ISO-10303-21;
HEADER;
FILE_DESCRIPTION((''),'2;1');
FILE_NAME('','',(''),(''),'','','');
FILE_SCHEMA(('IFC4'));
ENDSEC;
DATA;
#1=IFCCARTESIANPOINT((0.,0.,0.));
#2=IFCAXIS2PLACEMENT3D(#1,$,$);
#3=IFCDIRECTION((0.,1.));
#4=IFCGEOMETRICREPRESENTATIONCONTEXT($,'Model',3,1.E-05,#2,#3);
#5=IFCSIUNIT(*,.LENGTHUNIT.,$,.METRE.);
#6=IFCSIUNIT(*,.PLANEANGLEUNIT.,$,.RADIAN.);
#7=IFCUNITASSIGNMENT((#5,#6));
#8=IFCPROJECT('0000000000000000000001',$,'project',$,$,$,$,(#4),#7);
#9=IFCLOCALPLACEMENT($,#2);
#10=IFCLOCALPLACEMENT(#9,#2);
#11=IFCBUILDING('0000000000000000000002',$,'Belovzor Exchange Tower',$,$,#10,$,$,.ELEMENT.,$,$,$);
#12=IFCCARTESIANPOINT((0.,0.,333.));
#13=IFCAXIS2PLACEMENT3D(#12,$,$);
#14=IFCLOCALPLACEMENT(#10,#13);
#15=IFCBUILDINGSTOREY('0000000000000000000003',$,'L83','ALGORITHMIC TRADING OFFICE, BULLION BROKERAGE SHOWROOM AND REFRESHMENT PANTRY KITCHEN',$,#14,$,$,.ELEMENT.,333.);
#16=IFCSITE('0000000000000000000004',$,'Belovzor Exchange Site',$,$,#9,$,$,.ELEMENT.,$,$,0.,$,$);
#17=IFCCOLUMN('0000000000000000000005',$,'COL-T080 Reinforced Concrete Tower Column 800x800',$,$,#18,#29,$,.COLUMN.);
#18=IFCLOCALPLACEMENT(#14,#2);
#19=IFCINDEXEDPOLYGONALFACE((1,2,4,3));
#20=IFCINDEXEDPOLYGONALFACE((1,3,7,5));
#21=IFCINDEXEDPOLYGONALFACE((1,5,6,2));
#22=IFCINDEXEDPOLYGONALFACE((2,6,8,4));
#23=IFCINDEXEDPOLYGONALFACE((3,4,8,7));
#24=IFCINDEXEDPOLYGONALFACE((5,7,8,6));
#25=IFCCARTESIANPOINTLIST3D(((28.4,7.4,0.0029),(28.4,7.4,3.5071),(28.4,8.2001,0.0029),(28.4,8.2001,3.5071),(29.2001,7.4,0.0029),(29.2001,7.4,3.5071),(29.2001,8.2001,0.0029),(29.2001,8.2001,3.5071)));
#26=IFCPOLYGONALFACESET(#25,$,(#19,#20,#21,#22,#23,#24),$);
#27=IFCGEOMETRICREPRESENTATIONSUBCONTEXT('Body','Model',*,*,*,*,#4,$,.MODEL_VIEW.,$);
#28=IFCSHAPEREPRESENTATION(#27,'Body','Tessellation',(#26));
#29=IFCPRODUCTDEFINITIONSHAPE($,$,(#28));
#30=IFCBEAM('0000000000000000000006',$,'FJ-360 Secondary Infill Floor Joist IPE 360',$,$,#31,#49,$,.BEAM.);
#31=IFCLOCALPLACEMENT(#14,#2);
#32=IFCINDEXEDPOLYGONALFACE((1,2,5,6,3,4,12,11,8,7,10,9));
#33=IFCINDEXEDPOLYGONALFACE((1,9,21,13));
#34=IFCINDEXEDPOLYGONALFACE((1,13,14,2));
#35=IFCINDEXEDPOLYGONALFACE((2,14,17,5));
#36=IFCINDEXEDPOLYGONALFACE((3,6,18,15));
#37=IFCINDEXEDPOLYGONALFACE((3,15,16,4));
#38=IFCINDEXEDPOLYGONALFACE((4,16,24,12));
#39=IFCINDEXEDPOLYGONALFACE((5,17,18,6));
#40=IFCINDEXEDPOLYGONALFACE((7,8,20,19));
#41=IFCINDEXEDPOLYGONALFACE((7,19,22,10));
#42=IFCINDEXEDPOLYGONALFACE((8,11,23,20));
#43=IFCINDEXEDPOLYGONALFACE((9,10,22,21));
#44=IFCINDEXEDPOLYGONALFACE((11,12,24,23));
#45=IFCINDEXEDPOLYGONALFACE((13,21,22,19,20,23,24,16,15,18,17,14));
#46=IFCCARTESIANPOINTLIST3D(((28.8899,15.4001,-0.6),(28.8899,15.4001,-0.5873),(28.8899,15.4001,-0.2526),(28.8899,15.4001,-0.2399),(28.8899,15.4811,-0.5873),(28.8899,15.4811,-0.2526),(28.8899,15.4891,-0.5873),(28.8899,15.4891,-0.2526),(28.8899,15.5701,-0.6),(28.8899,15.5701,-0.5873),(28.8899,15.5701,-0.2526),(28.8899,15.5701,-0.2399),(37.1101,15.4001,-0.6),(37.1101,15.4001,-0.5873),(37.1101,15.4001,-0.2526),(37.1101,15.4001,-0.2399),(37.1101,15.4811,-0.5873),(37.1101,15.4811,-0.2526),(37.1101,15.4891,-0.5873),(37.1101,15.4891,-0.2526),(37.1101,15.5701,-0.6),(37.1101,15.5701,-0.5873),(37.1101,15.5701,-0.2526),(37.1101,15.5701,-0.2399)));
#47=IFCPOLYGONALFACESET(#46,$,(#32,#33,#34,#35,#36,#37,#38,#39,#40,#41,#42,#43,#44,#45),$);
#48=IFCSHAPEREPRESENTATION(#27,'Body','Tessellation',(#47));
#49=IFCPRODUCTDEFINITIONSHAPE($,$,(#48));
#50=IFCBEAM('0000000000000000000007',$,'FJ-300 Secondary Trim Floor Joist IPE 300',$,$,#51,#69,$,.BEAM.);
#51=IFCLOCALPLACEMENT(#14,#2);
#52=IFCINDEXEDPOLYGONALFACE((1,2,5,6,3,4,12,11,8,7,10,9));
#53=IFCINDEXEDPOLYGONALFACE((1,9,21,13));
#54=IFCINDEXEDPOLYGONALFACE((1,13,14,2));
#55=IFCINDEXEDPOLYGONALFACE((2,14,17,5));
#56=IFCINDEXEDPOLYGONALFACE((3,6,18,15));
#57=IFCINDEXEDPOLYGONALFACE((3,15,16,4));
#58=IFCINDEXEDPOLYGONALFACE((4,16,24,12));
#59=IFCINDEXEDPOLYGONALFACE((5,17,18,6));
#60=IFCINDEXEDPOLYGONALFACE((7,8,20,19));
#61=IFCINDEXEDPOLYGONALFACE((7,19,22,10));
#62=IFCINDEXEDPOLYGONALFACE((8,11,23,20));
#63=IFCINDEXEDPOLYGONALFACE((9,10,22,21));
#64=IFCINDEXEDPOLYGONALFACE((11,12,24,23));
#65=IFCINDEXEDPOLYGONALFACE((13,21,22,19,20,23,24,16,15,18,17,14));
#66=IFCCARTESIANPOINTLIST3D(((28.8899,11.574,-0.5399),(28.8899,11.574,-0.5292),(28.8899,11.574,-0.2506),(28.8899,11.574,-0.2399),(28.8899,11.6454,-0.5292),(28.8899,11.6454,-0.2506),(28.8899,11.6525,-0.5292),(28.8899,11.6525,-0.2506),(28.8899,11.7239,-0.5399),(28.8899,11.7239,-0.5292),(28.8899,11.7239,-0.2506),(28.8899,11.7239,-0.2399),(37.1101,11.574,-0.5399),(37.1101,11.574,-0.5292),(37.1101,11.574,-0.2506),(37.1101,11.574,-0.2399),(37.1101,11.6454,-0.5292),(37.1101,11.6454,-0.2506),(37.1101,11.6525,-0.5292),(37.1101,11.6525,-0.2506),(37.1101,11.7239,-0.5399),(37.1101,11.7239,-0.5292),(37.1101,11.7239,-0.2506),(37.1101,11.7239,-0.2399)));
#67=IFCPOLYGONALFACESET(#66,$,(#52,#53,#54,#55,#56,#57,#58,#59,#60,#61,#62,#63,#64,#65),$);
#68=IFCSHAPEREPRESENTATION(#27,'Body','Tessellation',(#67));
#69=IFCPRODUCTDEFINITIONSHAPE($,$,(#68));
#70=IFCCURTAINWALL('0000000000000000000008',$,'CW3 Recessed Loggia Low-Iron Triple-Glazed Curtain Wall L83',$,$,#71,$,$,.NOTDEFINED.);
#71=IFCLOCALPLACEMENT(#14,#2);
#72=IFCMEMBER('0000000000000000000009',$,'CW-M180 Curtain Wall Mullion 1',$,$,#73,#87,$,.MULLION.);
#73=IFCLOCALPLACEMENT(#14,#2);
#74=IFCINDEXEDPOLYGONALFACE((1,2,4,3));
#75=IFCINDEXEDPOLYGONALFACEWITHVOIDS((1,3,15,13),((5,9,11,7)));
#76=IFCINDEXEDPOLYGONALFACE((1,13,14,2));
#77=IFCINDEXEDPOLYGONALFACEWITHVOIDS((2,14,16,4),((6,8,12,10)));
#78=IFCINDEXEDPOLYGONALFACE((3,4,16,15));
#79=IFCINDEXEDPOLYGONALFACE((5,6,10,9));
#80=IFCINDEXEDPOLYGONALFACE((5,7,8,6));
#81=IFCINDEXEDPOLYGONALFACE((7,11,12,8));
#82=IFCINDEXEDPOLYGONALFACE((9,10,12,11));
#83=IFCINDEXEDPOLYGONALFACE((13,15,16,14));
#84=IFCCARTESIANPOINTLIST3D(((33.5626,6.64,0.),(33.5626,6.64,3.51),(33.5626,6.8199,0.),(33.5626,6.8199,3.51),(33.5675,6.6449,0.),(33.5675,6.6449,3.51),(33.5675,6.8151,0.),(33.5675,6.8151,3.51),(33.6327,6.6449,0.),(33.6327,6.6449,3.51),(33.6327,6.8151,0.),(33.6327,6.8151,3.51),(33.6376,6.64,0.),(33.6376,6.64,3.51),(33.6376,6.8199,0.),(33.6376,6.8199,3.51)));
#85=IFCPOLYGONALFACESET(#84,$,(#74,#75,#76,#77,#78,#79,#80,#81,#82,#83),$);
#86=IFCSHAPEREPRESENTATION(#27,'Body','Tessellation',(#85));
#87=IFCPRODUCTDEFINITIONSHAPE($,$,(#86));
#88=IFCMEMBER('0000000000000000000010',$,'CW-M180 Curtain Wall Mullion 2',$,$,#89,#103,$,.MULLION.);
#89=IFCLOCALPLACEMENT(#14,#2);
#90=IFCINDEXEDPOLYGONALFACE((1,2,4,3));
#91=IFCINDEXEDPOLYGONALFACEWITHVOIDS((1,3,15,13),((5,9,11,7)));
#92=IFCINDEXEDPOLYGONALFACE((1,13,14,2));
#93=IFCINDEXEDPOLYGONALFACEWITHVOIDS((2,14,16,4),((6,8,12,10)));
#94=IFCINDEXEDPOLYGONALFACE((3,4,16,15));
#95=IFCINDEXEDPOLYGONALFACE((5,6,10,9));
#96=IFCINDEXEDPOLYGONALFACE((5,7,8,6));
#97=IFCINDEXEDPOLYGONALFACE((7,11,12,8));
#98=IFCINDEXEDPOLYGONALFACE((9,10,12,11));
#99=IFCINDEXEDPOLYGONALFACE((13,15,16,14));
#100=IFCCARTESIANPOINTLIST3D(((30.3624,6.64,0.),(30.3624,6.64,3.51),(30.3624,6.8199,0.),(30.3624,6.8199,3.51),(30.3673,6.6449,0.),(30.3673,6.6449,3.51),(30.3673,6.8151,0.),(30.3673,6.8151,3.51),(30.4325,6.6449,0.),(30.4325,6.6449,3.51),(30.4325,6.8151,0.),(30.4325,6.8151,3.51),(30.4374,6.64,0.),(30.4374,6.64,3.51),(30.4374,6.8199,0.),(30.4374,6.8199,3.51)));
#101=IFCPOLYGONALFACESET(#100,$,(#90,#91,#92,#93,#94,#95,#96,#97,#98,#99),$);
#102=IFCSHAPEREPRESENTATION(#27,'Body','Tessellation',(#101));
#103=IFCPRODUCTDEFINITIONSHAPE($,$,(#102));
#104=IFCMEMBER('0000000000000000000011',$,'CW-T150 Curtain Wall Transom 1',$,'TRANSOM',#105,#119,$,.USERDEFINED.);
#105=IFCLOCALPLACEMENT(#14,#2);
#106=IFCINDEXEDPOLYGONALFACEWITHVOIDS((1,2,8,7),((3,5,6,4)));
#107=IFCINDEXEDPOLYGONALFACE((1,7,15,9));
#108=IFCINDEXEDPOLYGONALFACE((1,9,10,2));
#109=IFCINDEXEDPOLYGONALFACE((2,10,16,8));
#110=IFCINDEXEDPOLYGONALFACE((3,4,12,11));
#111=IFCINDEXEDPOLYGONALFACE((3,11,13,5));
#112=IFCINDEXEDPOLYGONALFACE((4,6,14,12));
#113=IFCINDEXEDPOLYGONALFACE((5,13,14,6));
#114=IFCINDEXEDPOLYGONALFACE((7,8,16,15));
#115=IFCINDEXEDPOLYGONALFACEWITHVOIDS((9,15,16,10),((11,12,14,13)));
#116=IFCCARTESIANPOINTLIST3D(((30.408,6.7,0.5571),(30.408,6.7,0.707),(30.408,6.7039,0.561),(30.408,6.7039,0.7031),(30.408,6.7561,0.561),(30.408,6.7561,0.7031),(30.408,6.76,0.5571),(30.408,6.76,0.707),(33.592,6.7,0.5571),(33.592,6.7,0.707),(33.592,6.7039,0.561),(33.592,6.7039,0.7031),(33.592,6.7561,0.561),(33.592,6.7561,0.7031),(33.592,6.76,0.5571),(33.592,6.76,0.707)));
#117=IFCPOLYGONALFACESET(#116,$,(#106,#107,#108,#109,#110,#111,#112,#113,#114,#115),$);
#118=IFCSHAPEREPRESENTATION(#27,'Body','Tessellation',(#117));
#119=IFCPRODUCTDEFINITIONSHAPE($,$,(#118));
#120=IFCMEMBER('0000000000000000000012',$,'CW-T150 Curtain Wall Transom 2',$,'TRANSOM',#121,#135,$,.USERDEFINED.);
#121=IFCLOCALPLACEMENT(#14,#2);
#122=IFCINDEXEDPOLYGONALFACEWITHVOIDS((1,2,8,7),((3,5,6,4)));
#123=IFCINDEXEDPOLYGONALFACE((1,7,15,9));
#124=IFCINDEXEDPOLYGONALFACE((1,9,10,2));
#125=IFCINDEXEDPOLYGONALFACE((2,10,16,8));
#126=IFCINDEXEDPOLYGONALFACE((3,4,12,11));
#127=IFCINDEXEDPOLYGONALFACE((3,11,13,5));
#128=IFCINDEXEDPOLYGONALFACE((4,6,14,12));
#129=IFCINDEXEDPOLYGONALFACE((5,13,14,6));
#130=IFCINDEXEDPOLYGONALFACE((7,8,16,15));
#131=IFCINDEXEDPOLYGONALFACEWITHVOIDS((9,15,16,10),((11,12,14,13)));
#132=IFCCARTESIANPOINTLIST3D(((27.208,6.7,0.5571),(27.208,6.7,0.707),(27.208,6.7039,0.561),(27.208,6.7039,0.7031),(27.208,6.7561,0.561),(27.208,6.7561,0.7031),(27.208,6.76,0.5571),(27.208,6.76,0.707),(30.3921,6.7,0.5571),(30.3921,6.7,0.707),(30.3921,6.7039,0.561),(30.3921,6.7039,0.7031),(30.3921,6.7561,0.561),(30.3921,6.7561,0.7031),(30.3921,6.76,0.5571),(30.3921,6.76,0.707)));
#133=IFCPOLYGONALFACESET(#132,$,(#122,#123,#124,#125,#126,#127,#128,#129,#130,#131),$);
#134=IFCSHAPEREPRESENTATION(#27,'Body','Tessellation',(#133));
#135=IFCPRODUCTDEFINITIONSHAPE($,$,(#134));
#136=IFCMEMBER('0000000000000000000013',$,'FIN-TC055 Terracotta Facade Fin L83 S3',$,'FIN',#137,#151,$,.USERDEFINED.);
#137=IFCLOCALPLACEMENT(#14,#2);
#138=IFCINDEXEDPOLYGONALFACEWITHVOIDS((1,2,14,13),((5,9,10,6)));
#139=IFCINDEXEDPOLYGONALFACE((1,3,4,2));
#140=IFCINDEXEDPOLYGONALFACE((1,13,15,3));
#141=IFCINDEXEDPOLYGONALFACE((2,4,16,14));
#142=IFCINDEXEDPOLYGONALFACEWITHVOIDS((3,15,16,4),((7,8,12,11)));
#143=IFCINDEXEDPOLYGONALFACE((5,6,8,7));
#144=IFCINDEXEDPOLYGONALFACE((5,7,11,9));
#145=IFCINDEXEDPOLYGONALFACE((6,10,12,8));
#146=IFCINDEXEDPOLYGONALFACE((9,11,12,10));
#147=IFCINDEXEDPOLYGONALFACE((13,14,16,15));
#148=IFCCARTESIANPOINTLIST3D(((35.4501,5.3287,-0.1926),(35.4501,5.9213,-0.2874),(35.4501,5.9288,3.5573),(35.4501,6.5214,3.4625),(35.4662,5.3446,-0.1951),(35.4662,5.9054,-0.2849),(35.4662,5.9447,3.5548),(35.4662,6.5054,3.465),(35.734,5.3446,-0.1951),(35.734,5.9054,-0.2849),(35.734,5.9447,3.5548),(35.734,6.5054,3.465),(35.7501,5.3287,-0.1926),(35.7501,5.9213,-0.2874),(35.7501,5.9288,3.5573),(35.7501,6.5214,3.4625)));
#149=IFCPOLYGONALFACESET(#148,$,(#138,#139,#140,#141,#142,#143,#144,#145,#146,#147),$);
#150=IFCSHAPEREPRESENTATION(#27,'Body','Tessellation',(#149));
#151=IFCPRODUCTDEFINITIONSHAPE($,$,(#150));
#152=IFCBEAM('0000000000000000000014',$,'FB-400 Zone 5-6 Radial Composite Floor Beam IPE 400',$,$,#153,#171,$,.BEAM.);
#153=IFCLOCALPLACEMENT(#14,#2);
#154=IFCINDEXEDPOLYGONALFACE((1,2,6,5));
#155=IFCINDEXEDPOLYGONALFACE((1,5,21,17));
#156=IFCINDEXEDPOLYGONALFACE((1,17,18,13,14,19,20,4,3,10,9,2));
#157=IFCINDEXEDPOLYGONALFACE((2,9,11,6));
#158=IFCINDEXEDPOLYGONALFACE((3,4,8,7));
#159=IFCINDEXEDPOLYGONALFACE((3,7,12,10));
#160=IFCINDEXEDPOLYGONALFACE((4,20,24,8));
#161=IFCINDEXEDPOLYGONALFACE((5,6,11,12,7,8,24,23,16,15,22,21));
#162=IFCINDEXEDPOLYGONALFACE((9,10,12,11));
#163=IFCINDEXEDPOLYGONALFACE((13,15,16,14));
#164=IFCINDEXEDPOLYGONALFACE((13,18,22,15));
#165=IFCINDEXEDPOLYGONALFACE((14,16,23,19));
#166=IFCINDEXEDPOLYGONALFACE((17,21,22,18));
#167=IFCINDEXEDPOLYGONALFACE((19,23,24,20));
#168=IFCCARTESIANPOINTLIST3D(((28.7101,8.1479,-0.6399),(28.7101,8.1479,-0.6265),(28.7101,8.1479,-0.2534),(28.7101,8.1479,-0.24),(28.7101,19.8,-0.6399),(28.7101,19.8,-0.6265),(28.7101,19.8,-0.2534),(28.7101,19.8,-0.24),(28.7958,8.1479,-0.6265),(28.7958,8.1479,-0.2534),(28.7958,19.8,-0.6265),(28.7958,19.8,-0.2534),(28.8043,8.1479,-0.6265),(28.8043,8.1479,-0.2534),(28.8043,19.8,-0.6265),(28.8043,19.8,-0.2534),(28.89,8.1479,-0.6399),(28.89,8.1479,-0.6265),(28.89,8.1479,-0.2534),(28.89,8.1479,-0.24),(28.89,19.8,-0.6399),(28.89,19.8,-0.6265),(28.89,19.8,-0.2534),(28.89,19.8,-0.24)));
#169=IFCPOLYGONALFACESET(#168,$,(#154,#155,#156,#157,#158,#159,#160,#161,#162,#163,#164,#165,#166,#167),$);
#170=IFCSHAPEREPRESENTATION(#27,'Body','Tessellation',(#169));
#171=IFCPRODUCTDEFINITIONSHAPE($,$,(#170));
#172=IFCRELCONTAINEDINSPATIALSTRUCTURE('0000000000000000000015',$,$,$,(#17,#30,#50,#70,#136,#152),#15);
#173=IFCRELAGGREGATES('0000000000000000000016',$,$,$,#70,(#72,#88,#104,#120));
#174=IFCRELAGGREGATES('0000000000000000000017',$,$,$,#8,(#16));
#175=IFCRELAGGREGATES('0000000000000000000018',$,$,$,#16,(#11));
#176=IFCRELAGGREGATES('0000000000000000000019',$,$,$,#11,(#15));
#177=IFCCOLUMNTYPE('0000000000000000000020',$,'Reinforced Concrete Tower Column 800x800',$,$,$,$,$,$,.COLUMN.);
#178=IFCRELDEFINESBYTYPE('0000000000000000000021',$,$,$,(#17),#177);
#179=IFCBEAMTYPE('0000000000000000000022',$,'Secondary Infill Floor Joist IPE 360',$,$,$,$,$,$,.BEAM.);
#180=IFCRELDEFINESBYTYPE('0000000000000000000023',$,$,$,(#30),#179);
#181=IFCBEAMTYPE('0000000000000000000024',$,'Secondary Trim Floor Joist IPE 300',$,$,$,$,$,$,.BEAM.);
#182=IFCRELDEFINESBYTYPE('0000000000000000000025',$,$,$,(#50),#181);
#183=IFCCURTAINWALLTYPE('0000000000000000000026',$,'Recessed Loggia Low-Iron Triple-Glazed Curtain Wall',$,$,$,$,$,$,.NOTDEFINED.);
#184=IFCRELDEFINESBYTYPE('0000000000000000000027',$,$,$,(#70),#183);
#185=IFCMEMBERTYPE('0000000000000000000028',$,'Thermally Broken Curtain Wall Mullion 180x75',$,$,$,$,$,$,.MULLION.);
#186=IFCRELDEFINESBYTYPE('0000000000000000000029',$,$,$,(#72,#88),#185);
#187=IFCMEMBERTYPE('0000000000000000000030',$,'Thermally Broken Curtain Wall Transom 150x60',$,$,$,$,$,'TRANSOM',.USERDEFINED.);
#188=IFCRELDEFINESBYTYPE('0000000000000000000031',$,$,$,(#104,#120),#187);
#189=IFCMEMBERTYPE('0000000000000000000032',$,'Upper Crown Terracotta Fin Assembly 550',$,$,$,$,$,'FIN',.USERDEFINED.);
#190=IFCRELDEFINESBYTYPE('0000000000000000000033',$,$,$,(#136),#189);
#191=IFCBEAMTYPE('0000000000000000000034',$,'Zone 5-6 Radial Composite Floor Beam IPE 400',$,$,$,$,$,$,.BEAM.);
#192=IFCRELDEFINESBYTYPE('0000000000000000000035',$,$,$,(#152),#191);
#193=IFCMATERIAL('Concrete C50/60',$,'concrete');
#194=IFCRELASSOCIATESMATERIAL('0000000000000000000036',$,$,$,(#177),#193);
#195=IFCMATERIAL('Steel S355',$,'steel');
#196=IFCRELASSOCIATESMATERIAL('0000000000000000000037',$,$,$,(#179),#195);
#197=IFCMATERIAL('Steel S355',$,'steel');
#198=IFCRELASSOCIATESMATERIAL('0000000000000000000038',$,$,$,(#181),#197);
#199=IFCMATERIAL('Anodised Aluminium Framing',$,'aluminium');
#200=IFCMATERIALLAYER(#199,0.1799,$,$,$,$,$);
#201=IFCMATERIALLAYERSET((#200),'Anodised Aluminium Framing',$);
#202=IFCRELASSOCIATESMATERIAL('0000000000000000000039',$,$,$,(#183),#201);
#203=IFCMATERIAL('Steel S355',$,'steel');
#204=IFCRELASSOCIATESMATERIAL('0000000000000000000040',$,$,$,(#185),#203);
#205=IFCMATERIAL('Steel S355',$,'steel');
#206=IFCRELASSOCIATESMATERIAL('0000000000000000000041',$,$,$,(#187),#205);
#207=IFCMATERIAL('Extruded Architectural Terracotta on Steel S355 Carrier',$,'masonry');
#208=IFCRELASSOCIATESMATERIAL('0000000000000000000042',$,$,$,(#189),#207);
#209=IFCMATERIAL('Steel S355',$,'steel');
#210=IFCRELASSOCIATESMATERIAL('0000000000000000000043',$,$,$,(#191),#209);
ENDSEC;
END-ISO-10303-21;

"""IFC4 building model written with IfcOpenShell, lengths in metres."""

from ifc_helpers import new_model, si_unit, direction, frame, origin, origin_2d, place, context, subcontext, project, spatial, rectangle, hollow_rectangle, i_section, extrude, material, layer, layer_set, material_profile, profile_set, type_object, element, aggregate, save


model = new_model("IFC4")

# Units and contexts
model_context = context("Model", 3, precision=1e-05, world=origin(), true_north=direction((0.0, 1.0)))
body_context = subcontext(model_context, "Body", "Model", "MODEL_VIEW")
ifc_project = project(units=[si_unit("LENGTHUNIT", "METRE"), si_unit("PLANEANGLEUNIT", "RADIAN")], contexts=[model_context])

# Site, building, storey
site_placement = place(None, origin())
site = spatial("IfcSite", under=ifc_project, at=site_placement, Name="Belovzor Exchange Site", CompositionType="ELEMENT", RefElevation=0.0)
building_placement = place(site_placement, origin())
building = spatial("IfcBuilding", under=site, at=building_placement, Name="Belovzor Exchange Tower", CompositionType="ELEMENT")
storey_placement = place(building_placement, frame((0.0, 0.0, 333.0)))
storey = spatial("IfcBuildingStorey", under=building, at=storey_placement, Name="L83", Description="ALGORITHMIC TRADING OFFICE, BULLION BROKERAGE SHOWROOM AND REFRESHMENT PANTRY KITCHEN", CompositionType="ELEMENT", Elevation=333.0)

# Column
ifc_material_1 = material(Name="Concrete C50/60", Category="concrete")
ifc_material_profile_1 = material_profile(ifc_material_1, rectangle(XDim=0.8, YDim=0.8, at=origin_2d()))
ifc_profile_set_1 = profile_set([ifc_material_profile_1], Name="Concrete C50/60")
column_type = type_object("IfcColumnType", Name="Reinforced Concrete Tower Column 800x800", PredefinedType="COLUMN", material=ifc_profile_set_1)
column_placement = place(storey_placement, frame((28.8, 7.8, 0.0029), z_axis=(0.0, 0.0, 1.0), x_axis=(1.0, 0.0, 0.0)))
element("IfcColumn", 1, at=column_placement, inside=storey, type_object=column_type, Name="COL-T080 Reinforced Concrete Tower Column 800x800", PredefinedType="COLUMN", context=body_context, shape_type="SweptSolid", body=[
    extrude(rectangle(XDim=0.8, YDim=0.8, at=origin_2d()), origin(), (0.0, 0.0, 1.0), 3.5042),
])

# Beams
ifc_material_2 = material(Name="Steel S355", Category="steel")
ifc_material_profile_2 = material_profile(ifc_material_2, i_section(OverallWidth=0.1699, OverallDepth=0.3601, WebThickness=0.0081, FlangeThickness=0.0127, at=origin_2d()))
ifc_profile_set_2 = profile_set([ifc_material_profile_2], Name="Steel S355")
beam_type_1 = type_object("IfcBeamType", Name="Secondary Infill Floor Joist IPE 360", PredefinedType="BEAM", material=ifc_profile_set_2)
beam_1_placement = place(storey_placement, frame((28.8899, 15.4851, -0.4199), z_axis=(1.0, 0.0, 0.0), x_axis=(0.0, 1.0, 0.0)))
element("IfcBeam", 2, at=beam_1_placement, inside=storey, type_object=beam_type_1, Name="FJ-360 Secondary Infill Floor Joist IPE 360", PredefinedType="BEAM", context=body_context, shape_type="SweptSolid", body=[
    extrude(i_section(OverallWidth=0.1699, OverallDepth=0.3601, WebThickness=0.0081, FlangeThickness=0.0127, at=origin_2d()), origin(), (0.0, 0.0, 1.0), 8.2202),
])
ifc_material_3 = material(Name="Steel S355", Category="steel")
ifc_material_profile_3 = material_profile(ifc_material_3, i_section(OverallWidth=0.1499, OverallDepth=0.3, WebThickness=0.0071, FlangeThickness=0.0107, at=origin_2d()))
ifc_profile_set_3 = profile_set([ifc_material_profile_3], Name="Steel S355")
beam_type_2 = type_object("IfcBeamType", Name="Secondary Trim Floor Joist IPE 300", PredefinedType="BEAM", material=ifc_profile_set_3)
beam_2_placement = place(storey_placement, frame((28.8899, 11.6489, -0.3899), z_axis=(1.0, 0.0, 0.0), x_axis=(0.0, 1.0, 0.0)))
element("IfcBeam", 3, at=beam_2_placement, inside=storey, type_object=beam_type_2, Name="FJ-300 Secondary Trim Floor Joist IPE 300", PredefinedType="BEAM", context=body_context, shape_type="SweptSolid", body=[
    extrude(i_section(OverallWidth=0.1499, OverallDepth=0.3, WebThickness=0.0071, FlangeThickness=0.0107, at=origin_2d()), origin(), (0.0, 0.0, 1.0), 8.2202),
])

# Curtain wall, members
ifc_material_4 = material(Name="Anodised Aluminium Framing", Category="aluminium")
ifc_layer_1 = layer(ifc_material_4, 0.1799)
ifc_layer_set_1 = layer_set([ifc_layer_1], Name="Anodised Aluminium Framing")
curtain_wall_type = type_object("IfcCurtainWallType", Name="Recessed Loggia Low-Iron Triple-Glazed Curtain Wall", PredefinedType="NOTDEFINED", material=ifc_layer_set_1)
curtain_wall_placement = place(storey_placement, origin())
curtain_wall = element("IfcCurtainWall", 4, at=curtain_wall_placement, inside=storey, type_object=curtain_wall_type, Name="CW3 Recessed Loggia Low-Iron Triple-Glazed Curtain Wall L83", PredefinedType="NOTDEFINED")
ifc_material_5 = material(Name="Steel S355", Category="steel")
ifc_material_profile_4 = material_profile(ifc_material_5, hollow_rectangle(XDim=0.075, YDim=0.1799, WallThickness=0.0049, at=origin_2d()))
ifc_profile_set_4 = profile_set([ifc_material_profile_4], Name="Steel S355")
member_type_1 = type_object("IfcMemberType", Name="Thermally Broken Curtain Wall Mullion 180x75", PredefinedType="MULLION", material=ifc_profile_set_4)
member_1_placement = place(storey_placement, frame((33.6001, 6.73, 0.0), z_axis=(0.0, 0.0, 1.0), x_axis=(-1.0, 0.0, 0.0)))
member_1 = element("IfcMember", 5, at=member_1_placement, type_object=member_type_1, Name="CW-M180 Curtain Wall Mullion 1", PredefinedType="MULLION", context=body_context, shape_type="SweptSolid", body=[
    extrude(hollow_rectangle(XDim=0.075, YDim=0.1799, WallThickness=0.0049, at=origin_2d()), origin(), (0.0, 0.0, 1.0), 3.51),
])
member_2_placement = place(storey_placement, frame((30.3999, 6.73, 0.0), z_axis=(0.0, 0.0, 1.0), x_axis=(-1.0, 0.0, 0.0)))
member_2 = element("IfcMember", 6, at=member_2_placement, type_object=member_type_1, Name="CW-M180 Curtain Wall Mullion 2", PredefinedType="MULLION", context=body_context, shape_type="SweptSolid", body=[
    extrude(hollow_rectangle(XDim=0.075, YDim=0.1799, WallThickness=0.0049, at=origin_2d()), origin(), (0.0, 0.0, 1.0), 3.51),
])
ifc_material_6 = material(Name="Steel S355", Category="steel")
ifc_material_profile_5 = material_profile(ifc_material_6, hollow_rectangle(XDim=0.0601, YDim=0.1499, WallThickness=0.0039, at=origin_2d()))
ifc_profile_set_5 = profile_set([ifc_material_profile_5], Name="Steel S355")
member_type_2 = type_object("IfcMemberType", Name="Thermally Broken Curtain Wall Transom 150x60", ElementType="TRANSOM", PredefinedType="USERDEFINED", material=ifc_profile_set_5)
member_3_placement = place(storey_placement, frame((33.592, 6.73, 0.6321), z_axis=(-1.0, 0.0, 0.0), x_axis=(0.0, -1.0, 0.0)))
member_3 = element("IfcMember", 7, at=member_3_placement, type_object=member_type_2, Name="CW-T150 Curtain Wall Transom 1", ObjectType="TRANSOM", PredefinedType="USERDEFINED", context=body_context, shape_type="SweptSolid", body=[
    extrude(hollow_rectangle(XDim=0.0601, YDim=0.1499, WallThickness=0.0039, at=origin_2d()), origin(), (0.0, 0.0, 1.0), 3.1841),
])
member_4_placement = place(storey_placement, frame((30.3921, 6.73, 0.6321), z_axis=(-1.0, 0.0, 0.0), x_axis=(0.0, -1.0, 0.0)))
member_4 = element("IfcMember", 8, at=member_4_placement, type_object=member_type_2, Name="CW-T150 Curtain Wall Transom 2", ObjectType="TRANSOM", PredefinedType="USERDEFINED", context=body_context, shape_type="SweptSolid", body=[
    extrude(hollow_rectangle(XDim=0.0601, YDim=0.1499, WallThickness=0.0039, at=origin_2d()), origin(), (0.0, 0.0, 1.0), 3.1841),
])

# Member
ifc_material_7 = material(Name="Extruded Architectural Terracotta on Steel S355 Carrier", Category="masonry")
ifc_material_profile_6 = material_profile(ifc_material_7, hollow_rectangle(XDim=0.3, YDim=0.6001, WallThickness=0.0161, at=origin_2d()))
ifc_profile_set_6 = profile_set([ifc_material_profile_6], Name="Extruded Architectural Terracotta on Steel S355 Carrier")
member_type_3 = type_object("IfcMemberType", Name="Upper Crown Terracotta Fin Assembly 550", ElementType="FIN", PredefinedType="USERDEFINED", material=ifc_profile_set_6)
member_5_placement = place(storey_placement, frame((35.6001, 5.625, -0.24), z_axis=(0.0, 0.158016, 0.987437), x_axis=(-1.0, 0.0, 0.0)))
element("IfcMember", 9, at=member_5_placement, inside=storey, type_object=member_type_3, Name="FIN-TC055 Terracotta Facade Fin L83 S3", ObjectType="FIN", PredefinedType="USERDEFINED", context=body_context, shape_type="SweptSolid", body=[
    extrude(hollow_rectangle(XDim=0.3, YDim=0.6001, WallThickness=0.0161, at=origin_2d()), origin(), (0.0, 0.0, 1.0), 3.7976),
])

# Beam
ifc_material_8 = material(Name="Steel S355", Category="steel")
ifc_material_profile_7 = material_profile(ifc_material_8, i_section(OverallWidth=0.1799, OverallDepth=0.3999, WebThickness=0.0085, FlangeThickness=0.0134, at=origin_2d()))
ifc_profile_set_7 = profile_set([ifc_material_profile_7], Name="Steel S355")
beam_type_3 = type_object("IfcBeamType", Name="Zone 5-6 Radial Composite Floor Beam IPE 400", PredefinedType="BEAM", material=ifc_profile_set_7)
beam_3_placement = place(storey_placement, frame((28.8, 19.8, -0.4399), z_axis=(0.0, -1.0, 0.0), x_axis=(1.0, 0.0, 0.0)))
element("IfcBeam", 10, at=beam_3_placement, inside=storey, type_object=beam_type_3, Name="FB-400 Zone 5-6 Radial Composite Floor Beam IPE 400", PredefinedType="BEAM", context=body_context, shape_type="SweptSolid", body=[
    extrude(i_section(OverallWidth=0.1799, OverallDepth=0.3999, WebThickness=0.0085, FlangeThickness=0.0134, at=origin_2d()), origin(), (0.0, 0.0, 1.0), 11.6521),
])

aggregate(curtain_wall, [member_1, member_2, member_3, member_4])

save(model, "model.ifc")
